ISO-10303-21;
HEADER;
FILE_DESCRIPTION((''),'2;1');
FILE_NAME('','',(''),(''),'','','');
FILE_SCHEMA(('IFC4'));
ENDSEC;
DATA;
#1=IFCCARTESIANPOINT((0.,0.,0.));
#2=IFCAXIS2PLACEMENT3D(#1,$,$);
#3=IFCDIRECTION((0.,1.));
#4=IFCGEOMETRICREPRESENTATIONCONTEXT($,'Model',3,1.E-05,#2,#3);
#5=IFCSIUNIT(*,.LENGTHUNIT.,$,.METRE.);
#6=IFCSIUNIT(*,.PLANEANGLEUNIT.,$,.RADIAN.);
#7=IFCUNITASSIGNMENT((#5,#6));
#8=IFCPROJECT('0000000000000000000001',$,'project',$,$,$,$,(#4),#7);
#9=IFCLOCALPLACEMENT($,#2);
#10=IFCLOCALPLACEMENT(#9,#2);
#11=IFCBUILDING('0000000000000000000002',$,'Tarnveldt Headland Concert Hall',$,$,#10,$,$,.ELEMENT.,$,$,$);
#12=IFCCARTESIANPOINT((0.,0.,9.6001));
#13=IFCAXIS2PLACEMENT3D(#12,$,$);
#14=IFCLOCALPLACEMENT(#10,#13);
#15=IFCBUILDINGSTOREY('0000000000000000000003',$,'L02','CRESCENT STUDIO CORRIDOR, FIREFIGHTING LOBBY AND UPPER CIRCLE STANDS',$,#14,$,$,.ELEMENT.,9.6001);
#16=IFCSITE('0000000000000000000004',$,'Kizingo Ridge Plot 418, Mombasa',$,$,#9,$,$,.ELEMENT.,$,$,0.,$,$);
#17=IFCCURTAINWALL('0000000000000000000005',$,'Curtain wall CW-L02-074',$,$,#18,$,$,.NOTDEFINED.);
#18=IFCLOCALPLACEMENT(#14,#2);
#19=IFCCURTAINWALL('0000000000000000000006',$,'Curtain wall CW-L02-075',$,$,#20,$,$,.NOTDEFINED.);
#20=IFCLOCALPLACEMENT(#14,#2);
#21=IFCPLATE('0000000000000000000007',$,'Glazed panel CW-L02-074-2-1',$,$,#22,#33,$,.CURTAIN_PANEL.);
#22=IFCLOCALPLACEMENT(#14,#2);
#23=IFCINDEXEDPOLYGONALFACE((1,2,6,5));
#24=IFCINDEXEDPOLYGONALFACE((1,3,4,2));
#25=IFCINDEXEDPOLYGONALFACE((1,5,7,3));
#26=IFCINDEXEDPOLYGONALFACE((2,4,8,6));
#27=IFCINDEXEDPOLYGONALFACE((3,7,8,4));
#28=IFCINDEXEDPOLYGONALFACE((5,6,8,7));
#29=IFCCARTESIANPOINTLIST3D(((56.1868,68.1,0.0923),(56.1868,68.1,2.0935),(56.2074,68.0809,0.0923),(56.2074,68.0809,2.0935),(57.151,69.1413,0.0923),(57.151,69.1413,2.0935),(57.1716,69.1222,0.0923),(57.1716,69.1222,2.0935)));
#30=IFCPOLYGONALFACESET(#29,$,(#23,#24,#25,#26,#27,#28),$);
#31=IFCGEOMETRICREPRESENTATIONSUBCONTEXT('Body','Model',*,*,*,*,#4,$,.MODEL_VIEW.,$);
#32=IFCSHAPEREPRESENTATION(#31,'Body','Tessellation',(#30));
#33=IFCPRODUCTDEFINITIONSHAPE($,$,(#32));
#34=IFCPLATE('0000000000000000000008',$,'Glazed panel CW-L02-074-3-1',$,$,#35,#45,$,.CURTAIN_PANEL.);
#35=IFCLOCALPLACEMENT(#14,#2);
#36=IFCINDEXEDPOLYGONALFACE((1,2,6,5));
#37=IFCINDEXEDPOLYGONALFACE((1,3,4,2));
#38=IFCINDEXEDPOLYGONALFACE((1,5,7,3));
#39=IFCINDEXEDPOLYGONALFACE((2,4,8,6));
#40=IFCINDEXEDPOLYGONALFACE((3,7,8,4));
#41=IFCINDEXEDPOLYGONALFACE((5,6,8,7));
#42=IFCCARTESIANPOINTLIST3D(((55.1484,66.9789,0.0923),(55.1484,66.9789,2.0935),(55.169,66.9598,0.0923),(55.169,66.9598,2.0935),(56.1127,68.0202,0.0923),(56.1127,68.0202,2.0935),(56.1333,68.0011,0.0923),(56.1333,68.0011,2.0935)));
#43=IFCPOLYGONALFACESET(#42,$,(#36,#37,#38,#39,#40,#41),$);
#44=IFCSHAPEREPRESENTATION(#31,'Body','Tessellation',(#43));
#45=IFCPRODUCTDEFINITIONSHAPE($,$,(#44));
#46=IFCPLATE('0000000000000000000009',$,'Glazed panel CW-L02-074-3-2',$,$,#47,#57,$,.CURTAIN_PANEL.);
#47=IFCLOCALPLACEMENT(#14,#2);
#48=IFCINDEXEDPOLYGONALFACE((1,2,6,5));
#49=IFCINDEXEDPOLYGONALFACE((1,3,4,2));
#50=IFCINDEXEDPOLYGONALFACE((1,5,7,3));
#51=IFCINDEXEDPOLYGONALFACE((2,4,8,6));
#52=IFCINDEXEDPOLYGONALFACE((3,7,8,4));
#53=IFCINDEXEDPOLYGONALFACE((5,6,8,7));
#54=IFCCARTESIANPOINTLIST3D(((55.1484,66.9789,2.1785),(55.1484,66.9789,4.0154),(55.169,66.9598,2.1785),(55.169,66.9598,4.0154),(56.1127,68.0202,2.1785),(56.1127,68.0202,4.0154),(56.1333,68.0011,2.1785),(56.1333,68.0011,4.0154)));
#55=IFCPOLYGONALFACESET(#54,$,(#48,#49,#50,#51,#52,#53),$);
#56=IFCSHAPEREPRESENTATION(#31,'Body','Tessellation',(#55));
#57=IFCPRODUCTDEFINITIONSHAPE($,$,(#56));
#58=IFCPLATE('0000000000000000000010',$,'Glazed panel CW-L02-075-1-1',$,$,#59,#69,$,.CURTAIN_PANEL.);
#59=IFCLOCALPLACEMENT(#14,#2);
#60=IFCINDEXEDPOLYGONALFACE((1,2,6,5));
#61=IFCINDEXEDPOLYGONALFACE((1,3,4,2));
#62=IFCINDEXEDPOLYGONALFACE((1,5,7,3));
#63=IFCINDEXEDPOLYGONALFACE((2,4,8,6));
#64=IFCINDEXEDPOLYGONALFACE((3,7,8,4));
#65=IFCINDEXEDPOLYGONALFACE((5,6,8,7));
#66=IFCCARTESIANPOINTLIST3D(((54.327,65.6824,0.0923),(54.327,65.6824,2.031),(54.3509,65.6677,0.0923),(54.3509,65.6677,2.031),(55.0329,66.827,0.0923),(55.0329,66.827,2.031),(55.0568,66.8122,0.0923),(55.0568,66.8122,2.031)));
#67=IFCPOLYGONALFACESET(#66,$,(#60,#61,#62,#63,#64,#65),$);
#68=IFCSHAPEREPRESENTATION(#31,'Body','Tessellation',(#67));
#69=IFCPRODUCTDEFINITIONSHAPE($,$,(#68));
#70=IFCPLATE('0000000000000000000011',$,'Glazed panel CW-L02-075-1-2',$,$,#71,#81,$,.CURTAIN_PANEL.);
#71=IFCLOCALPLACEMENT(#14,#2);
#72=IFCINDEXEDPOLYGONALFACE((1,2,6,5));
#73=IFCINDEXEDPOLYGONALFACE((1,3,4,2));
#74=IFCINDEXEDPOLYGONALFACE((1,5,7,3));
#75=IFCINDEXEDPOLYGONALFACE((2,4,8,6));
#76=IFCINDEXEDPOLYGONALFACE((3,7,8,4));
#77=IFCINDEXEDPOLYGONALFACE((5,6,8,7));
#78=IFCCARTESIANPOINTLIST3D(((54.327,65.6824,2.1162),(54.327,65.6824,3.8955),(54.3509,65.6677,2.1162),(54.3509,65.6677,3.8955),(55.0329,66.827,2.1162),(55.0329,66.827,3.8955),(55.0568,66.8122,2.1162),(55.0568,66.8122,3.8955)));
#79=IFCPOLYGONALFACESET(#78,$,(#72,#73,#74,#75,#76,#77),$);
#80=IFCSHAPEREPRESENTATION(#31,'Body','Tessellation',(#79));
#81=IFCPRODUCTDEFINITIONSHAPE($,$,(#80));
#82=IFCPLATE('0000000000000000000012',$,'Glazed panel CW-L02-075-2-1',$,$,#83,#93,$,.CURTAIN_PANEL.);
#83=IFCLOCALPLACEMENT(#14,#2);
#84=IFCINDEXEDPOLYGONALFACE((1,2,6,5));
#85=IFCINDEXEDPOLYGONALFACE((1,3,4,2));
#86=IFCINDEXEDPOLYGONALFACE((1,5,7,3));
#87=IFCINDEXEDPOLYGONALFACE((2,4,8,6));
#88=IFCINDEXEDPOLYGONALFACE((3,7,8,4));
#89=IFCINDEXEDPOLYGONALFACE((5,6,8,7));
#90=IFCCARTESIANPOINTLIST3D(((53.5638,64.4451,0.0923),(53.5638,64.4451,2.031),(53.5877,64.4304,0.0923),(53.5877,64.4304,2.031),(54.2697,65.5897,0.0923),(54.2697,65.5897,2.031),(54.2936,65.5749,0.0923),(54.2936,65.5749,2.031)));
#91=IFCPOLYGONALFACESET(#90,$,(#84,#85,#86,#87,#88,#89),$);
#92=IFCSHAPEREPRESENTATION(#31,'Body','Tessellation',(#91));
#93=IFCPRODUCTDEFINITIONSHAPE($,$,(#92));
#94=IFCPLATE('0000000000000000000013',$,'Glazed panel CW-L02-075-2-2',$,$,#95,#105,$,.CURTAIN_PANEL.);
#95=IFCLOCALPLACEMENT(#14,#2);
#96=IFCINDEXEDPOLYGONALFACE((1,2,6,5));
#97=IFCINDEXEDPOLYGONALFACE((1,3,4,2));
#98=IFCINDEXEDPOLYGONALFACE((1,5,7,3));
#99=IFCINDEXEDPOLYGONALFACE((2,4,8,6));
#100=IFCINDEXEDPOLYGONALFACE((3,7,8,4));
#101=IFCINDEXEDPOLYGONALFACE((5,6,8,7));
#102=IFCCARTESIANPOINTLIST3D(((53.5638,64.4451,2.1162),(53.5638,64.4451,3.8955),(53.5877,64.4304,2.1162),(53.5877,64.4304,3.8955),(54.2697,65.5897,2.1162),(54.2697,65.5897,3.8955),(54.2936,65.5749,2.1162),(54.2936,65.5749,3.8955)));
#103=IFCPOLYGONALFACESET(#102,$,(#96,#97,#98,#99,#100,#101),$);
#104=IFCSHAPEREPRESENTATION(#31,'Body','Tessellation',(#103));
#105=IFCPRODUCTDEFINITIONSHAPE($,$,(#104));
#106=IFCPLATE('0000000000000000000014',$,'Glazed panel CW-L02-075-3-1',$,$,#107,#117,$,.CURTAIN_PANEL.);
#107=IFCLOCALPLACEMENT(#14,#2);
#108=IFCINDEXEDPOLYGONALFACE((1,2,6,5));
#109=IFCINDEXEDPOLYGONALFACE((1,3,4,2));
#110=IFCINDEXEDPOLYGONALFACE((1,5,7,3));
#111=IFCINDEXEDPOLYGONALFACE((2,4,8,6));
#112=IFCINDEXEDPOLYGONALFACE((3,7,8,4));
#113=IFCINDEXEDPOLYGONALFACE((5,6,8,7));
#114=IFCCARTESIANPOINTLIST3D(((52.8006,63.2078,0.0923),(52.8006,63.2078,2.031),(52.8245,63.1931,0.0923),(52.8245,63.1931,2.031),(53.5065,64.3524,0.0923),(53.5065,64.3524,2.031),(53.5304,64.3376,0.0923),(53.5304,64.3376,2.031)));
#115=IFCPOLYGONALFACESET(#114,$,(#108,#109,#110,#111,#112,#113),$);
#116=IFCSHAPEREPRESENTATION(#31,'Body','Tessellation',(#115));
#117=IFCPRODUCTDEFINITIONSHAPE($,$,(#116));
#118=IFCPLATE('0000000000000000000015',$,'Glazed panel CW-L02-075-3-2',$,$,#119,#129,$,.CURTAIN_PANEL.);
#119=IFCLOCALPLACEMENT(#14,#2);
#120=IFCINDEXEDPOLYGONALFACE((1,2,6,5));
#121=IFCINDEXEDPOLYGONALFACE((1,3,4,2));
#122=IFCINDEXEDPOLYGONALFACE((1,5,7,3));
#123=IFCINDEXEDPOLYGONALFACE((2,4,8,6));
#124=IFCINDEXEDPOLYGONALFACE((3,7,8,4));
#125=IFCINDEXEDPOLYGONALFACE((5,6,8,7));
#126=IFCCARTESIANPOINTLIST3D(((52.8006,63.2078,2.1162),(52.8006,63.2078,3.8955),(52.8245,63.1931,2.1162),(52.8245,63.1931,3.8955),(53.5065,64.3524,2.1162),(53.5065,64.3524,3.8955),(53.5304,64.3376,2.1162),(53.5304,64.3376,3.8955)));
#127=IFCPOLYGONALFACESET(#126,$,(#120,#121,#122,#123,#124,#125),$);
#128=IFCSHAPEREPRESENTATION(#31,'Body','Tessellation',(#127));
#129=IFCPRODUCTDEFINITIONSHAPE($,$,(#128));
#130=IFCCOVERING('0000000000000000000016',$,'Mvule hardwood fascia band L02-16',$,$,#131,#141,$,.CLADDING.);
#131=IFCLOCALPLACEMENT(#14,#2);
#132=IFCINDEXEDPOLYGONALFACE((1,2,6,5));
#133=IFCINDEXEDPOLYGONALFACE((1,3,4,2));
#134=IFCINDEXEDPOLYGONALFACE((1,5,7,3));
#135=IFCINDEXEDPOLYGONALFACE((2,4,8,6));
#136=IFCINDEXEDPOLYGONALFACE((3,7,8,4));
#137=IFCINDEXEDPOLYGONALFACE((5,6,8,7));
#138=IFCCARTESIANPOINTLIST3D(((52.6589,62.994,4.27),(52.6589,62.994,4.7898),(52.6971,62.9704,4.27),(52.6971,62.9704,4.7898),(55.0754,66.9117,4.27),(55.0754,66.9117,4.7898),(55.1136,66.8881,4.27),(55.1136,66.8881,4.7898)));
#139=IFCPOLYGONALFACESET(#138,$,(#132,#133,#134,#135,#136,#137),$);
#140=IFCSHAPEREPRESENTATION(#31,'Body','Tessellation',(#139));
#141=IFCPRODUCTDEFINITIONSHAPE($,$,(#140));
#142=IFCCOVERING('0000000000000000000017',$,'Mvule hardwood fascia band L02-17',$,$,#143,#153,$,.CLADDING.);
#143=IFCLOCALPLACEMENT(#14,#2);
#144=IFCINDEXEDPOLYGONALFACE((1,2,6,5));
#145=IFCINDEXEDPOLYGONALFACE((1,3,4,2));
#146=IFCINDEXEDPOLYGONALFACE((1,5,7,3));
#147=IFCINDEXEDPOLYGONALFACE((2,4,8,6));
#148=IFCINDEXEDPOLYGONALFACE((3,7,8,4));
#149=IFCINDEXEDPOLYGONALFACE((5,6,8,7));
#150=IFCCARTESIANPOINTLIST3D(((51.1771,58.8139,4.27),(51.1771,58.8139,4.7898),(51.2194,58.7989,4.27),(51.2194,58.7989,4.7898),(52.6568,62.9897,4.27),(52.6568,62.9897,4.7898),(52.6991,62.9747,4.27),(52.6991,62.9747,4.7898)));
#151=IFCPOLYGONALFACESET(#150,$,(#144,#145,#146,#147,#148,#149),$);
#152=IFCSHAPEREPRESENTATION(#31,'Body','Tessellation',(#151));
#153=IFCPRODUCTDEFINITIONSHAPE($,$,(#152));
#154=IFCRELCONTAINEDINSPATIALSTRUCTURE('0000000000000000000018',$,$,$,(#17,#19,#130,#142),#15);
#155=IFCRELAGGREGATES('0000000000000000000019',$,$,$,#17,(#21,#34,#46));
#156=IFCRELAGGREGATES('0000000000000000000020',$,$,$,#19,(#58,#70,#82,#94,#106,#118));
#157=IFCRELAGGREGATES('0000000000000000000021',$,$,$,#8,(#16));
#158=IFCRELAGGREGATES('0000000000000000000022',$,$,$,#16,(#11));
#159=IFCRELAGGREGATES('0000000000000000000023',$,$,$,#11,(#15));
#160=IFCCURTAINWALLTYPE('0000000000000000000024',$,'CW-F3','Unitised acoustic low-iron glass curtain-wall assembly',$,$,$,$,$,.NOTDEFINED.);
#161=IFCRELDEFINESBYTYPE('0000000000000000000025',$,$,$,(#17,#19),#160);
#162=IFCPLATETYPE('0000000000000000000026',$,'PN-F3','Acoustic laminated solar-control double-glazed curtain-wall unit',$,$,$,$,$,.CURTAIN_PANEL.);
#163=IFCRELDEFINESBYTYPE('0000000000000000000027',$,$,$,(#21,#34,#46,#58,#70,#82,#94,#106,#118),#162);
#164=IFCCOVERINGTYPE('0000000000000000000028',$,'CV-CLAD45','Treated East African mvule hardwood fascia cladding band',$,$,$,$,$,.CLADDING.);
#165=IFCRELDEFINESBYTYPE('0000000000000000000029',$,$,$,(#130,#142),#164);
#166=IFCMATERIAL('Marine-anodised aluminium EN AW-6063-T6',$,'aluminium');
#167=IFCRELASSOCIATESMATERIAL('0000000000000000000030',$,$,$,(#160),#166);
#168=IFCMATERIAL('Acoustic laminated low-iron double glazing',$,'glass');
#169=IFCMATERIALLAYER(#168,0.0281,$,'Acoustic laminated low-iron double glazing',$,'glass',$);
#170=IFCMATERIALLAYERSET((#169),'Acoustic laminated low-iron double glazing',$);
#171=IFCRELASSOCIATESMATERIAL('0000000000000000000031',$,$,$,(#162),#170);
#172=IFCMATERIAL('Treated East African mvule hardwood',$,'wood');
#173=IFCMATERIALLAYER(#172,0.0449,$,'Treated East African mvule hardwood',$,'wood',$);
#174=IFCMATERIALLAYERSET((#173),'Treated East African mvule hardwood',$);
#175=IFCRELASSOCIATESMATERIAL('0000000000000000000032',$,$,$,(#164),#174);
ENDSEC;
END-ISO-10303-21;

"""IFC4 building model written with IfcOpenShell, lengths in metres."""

from ifc_helpers import new_model, si_unit, direction, frame, frame_2d, origin, origin_2d, place, context, subcontext, project, spatial, rectangle, extrude, material, layer, layer_set, type_object, element, aggregate, save


model = new_model("IFC4")

# Units and contexts
model_context = context("Model", 3, precision=1e-05, world=origin(), true_north=direction((0.0, 1.0)))
body_context = subcontext(model_context, "Body", "Model", "MODEL_VIEW")
ifc_project = project(units=[si_unit("LENGTHUNIT", "METRE"), si_unit("PLANEANGLEUNIT", "RADIAN")], contexts=[model_context])

# Site, building, storey
site_placement = place(None, origin())
site = spatial("IfcSite", under=ifc_project, at=site_placement, Name="Kizingo Ridge Plot 418, Mombasa", CompositionType="ELEMENT", RefElevation=0.0)
building_placement = place(site_placement, origin())
building = spatial("IfcBuilding", under=site, at=building_placement, Name="Tarnveldt Headland Concert Hall", CompositionType="ELEMENT")
storey_placement = place(building_placement, frame((0.0, 0.0, 9.6001)))
storey = spatial("IfcBuildingStorey", under=building, at=storey_placement, Name="L02", Description="CRESCENT STUDIO CORRIDOR, FIREFIGHTING LOBBY AND UPPER CIRCLE STANDS", CompositionType="ELEMENT", Elevation=9.6001)

# Curtain walls
ifc_material_1 = material(Name="Marine-anodised aluminium EN AW-6063-T6", Category="aluminium")
curtain_wall_type = type_object("IfcCurtainWallType", Name="CW-F3", Description="Unitised acoustic low-iron glass curtain-wall assembly", PredefinedType="NOTDEFINED", material=ifc_material_1)
curtain_wall_1_placement = place(storey_placement, origin())
curtain_wall_1 = element("IfcCurtainWall", 1, at=curtain_wall_1_placement, inside=storey, type_object=curtain_wall_type, Name="Curtain wall CW-L02-074", PredefinedType="NOTDEFINED")
curtain_wall_2_placement = place(storey_placement, origin())
curtain_wall_2 = element("IfcCurtainWall", 2, at=curtain_wall_2_placement, inside=storey, type_object=curtain_wall_type, Name="Curtain wall CW-L02-075", PredefinedType="NOTDEFINED")

# Plates
ifc_material_2 = material(Name="Acoustic laminated low-iron double glazing", Category="glass")
ifc_layer_1 = layer(ifc_material_2, 0.0281, Name="Acoustic laminated low-iron double glazing", Category="glass")
ifc_layer_set_1 = layer_set([ifc_layer_1], Name="Acoustic laminated low-iron double glazing")
plate_type_1 = type_object("IfcPlateType", Name="PN-F3", Description="Acoustic laminated solar-control double-glazed curtain-wall unit", PredefinedType="CURTAIN_PANEL", material=ifc_layer_set_1)
plate_1_placement = place(storey_placement, frame((56.6792, 68.6111, 0.0923), z_axis=(0.0, 0.0, 1.0), x_axis=(-0.679467, -0.733706, 0.0)))
plate_1 = element("IfcPlate", 3, at=plate_1_placement, type_object=plate_type_1, Name="Glazed panel CW-L02-074-2-1", PredefinedType="CURTAIN_PANEL", context=body_context, shape_type="SweptSolid", body=[
    extrude(rectangle(XDim=1.4192, YDim=0.0281, at=origin_2d()), origin(), (0.0, 0.0, 1.0), 2.0012),
])
plate_2_placement = place(storey_placement, frame((55.6409, 67.49, 0.0923), z_axis=(0.0, 0.0, 1.0), x_axis=(-0.679467, -0.733706, 0.0)))
plate_2 = element("IfcPlate", 4, at=plate_2_placement, type_object=plate_type_1, Name="Glazed panel CW-L02-074-3-1", PredefinedType="CURTAIN_PANEL", context=body_context, shape_type="SweptSolid", body=[
    extrude(rectangle(XDim=1.4192, YDim=0.0281, at=origin_2d()), origin(), (0.0, 0.0, 1.0), 2.0012),
])
plate_3_placement = place(storey_placement, frame((55.6409, 67.49, 2.1785), z_axis=(0.0, 0.0, 1.0), x_axis=(-0.679467, -0.733706, 0.0)))
plate_3 = element("IfcPlate", 5, at=plate_3_placement, type_object=plate_type_1, Name="Glazed panel CW-L02-074-3-2", PredefinedType="CURTAIN_PANEL", context=body_context, shape_type="SweptSolid", body=[
    extrude(rectangle(XDim=1.4192, YDim=0.0281, at=origin_2d()), origin(), (0.0, 0.0, 1.0), 1.8369),
])
aggregate(curtain_wall_1, [plate_1, plate_2, plate_3])
plate_4_placement = place(storey_placement, frame((54.6919, 66.2473, 0.0923), z_axis=(0.0, 0.0, 1.0), x_axis=(-0.524922, -0.85115, 0.0)))
plate_4 = element("IfcPlate", 6, at=plate_4_placement, type_object=plate_type_1, Name="Glazed panel CW-L02-075-1-1", PredefinedType="CURTAIN_PANEL", context=body_context, shape_type="SweptSolid", body=[
    extrude(rectangle(XDim=1.3447, YDim=0.0281, at=origin_2d()), origin(), (0.0, 0.0, 1.0), 1.9387),
])
plate_5_placement = place(storey_placement, frame((54.6919, 66.2473, 2.1162), z_axis=(0.0, 0.0, 1.0), x_axis=(-0.524922, -0.85115, 0.0)))
plate_5 = element("IfcPlate", 7, at=plate_5_placement, type_object=plate_type_1, Name="Glazed panel CW-L02-075-1-2", PredefinedType="CURTAIN_PANEL", context=body_context, shape_type="SweptSolid", body=[
    extrude(rectangle(XDim=1.3447, YDim=0.0281, at=origin_2d()), origin(), (0.0, 0.0, 1.0), 1.7793),
])
plate_6_placement = place(storey_placement, frame((53.9287, 65.01, 0.0923), z_axis=(0.0, 0.0, 1.0), x_axis=(-0.524922, -0.85115, 0.0)))
plate_6 = element("IfcPlate", 8, at=plate_6_placement, type_object=plate_type_1, Name="Glazed panel CW-L02-075-2-1", PredefinedType="CURTAIN_PANEL", context=body_context, shape_type="SweptSolid", body=[
    extrude(rectangle(XDim=1.3447, YDim=0.0281, at=origin_2d()), origin(), (0.0, 0.0, 1.0), 1.9387),
])
plate_7_placement = place(storey_placement, frame((53.9287, 65.01, 2.1162), z_axis=(0.0, 0.0, 1.0), x_axis=(-0.524922, -0.85115, 0.0)))
plate_7 = element("IfcPlate", 9, at=plate_7_placement, type_object=plate_type_1, Name="Glazed panel CW-L02-075-2-2", PredefinedType="CURTAIN_PANEL", context=body_context, shape_type="SweptSolid", body=[
    extrude(rectangle(XDim=1.3447, YDim=0.0281, at=origin_2d()), origin(), (0.0, 0.0, 1.0), 1.7793),
])
plate_8_placement = place(storey_placement, frame((53.1655, 63.7727, 0.0923), z_axis=(0.0, 0.0, 1.0), x_axis=(-0.524922, -0.85115, 0.0)))
plate_8 = element("IfcPlate", 10, at=plate_8_placement, type_object=plate_type_1, Name="Glazed panel CW-L02-075-3-1", PredefinedType="CURTAIN_PANEL", context=body_context, shape_type="SweptSolid", body=[
    extrude(rectangle(XDim=1.3447, YDim=0.0281, at=origin_2d()), origin(), (0.0, 0.0, 1.0), 1.9387),
])
plate_9_placement = place(storey_placement, frame((53.1655, 63.7727, 2.1162), z_axis=(0.0, 0.0, 1.0), x_axis=(-0.524922, -0.85115, 0.0)))
plate_9 = element("IfcPlate", 11, at=plate_9_placement, type_object=plate_type_1, Name="Glazed panel CW-L02-075-3-2", PredefinedType="CURTAIN_PANEL", context=body_context, shape_type="SweptSolid", body=[
    extrude(rectangle(XDim=1.3447, YDim=0.0281, at=origin_2d()), origin(), (0.0, 0.0, 1.0), 1.7793),
])
aggregate(curtain_wall_2, [plate_4, plate_5, plate_6, plate_7, plate_8, plate_9])

# Coverings
ifc_material_3 = material(Name="Treated East African mvule hardwood", Category="wood")
ifc_layer_2 = layer(ifc_material_3, 0.0449, Name="Treated East African mvule hardwood", Category="wood")
ifc_layer_set_2 = layer_set([ifc_layer_2], Name="Treated East African mvule hardwood")
covering_type = type_object("IfcCoveringType", Name="CV-CLAD45", Description="Treated East African mvule hardwood fascia cladding band", PredefinedType="CLADDING", material=ifc_layer_set_2)
covering_1_placement = place(storey_placement, frame((55.0945, 66.8999, 4.27), z_axis=(0.0, 0.0, 1.0), x_axis=(-0.524979, -0.851115, 0.0)))
element("IfcCovering", 12, at=covering_1_placement, inside=storey, type_object=covering_type, Name="Mvule hardwood fascia band L02-16", PredefinedType="CLADDING", context=body_context, shape_type="SweptSolid", body=[
    extrude(rectangle(XDim=4.603, YDim=0.0449, at=frame_2d((2.3015, 0.0))), origin(), (0.0, 0.0, 1.0), 0.5198),
])
covering_2_placement = place(storey_placement, frame((52.678, 62.9822, 4.27), z_axis=(0.0, 0.0, 1.0), x_axis=(-0.33401, -0.942569, 0.0)))
element("IfcCovering", 13, at=covering_2_placement, inside=storey, type_object=covering_type, Name="Mvule hardwood fascia band L02-17", PredefinedType="CLADDING", context=body_context, shape_type="SweptSolid", body=[
    extrude(rectangle(XDim=4.4302, YDim=0.0449, at=frame_2d((2.2151, 0.0))), origin(), (0.0, 0.0, 1.0), 0.5198),
])

save(model, "model.ifc")
